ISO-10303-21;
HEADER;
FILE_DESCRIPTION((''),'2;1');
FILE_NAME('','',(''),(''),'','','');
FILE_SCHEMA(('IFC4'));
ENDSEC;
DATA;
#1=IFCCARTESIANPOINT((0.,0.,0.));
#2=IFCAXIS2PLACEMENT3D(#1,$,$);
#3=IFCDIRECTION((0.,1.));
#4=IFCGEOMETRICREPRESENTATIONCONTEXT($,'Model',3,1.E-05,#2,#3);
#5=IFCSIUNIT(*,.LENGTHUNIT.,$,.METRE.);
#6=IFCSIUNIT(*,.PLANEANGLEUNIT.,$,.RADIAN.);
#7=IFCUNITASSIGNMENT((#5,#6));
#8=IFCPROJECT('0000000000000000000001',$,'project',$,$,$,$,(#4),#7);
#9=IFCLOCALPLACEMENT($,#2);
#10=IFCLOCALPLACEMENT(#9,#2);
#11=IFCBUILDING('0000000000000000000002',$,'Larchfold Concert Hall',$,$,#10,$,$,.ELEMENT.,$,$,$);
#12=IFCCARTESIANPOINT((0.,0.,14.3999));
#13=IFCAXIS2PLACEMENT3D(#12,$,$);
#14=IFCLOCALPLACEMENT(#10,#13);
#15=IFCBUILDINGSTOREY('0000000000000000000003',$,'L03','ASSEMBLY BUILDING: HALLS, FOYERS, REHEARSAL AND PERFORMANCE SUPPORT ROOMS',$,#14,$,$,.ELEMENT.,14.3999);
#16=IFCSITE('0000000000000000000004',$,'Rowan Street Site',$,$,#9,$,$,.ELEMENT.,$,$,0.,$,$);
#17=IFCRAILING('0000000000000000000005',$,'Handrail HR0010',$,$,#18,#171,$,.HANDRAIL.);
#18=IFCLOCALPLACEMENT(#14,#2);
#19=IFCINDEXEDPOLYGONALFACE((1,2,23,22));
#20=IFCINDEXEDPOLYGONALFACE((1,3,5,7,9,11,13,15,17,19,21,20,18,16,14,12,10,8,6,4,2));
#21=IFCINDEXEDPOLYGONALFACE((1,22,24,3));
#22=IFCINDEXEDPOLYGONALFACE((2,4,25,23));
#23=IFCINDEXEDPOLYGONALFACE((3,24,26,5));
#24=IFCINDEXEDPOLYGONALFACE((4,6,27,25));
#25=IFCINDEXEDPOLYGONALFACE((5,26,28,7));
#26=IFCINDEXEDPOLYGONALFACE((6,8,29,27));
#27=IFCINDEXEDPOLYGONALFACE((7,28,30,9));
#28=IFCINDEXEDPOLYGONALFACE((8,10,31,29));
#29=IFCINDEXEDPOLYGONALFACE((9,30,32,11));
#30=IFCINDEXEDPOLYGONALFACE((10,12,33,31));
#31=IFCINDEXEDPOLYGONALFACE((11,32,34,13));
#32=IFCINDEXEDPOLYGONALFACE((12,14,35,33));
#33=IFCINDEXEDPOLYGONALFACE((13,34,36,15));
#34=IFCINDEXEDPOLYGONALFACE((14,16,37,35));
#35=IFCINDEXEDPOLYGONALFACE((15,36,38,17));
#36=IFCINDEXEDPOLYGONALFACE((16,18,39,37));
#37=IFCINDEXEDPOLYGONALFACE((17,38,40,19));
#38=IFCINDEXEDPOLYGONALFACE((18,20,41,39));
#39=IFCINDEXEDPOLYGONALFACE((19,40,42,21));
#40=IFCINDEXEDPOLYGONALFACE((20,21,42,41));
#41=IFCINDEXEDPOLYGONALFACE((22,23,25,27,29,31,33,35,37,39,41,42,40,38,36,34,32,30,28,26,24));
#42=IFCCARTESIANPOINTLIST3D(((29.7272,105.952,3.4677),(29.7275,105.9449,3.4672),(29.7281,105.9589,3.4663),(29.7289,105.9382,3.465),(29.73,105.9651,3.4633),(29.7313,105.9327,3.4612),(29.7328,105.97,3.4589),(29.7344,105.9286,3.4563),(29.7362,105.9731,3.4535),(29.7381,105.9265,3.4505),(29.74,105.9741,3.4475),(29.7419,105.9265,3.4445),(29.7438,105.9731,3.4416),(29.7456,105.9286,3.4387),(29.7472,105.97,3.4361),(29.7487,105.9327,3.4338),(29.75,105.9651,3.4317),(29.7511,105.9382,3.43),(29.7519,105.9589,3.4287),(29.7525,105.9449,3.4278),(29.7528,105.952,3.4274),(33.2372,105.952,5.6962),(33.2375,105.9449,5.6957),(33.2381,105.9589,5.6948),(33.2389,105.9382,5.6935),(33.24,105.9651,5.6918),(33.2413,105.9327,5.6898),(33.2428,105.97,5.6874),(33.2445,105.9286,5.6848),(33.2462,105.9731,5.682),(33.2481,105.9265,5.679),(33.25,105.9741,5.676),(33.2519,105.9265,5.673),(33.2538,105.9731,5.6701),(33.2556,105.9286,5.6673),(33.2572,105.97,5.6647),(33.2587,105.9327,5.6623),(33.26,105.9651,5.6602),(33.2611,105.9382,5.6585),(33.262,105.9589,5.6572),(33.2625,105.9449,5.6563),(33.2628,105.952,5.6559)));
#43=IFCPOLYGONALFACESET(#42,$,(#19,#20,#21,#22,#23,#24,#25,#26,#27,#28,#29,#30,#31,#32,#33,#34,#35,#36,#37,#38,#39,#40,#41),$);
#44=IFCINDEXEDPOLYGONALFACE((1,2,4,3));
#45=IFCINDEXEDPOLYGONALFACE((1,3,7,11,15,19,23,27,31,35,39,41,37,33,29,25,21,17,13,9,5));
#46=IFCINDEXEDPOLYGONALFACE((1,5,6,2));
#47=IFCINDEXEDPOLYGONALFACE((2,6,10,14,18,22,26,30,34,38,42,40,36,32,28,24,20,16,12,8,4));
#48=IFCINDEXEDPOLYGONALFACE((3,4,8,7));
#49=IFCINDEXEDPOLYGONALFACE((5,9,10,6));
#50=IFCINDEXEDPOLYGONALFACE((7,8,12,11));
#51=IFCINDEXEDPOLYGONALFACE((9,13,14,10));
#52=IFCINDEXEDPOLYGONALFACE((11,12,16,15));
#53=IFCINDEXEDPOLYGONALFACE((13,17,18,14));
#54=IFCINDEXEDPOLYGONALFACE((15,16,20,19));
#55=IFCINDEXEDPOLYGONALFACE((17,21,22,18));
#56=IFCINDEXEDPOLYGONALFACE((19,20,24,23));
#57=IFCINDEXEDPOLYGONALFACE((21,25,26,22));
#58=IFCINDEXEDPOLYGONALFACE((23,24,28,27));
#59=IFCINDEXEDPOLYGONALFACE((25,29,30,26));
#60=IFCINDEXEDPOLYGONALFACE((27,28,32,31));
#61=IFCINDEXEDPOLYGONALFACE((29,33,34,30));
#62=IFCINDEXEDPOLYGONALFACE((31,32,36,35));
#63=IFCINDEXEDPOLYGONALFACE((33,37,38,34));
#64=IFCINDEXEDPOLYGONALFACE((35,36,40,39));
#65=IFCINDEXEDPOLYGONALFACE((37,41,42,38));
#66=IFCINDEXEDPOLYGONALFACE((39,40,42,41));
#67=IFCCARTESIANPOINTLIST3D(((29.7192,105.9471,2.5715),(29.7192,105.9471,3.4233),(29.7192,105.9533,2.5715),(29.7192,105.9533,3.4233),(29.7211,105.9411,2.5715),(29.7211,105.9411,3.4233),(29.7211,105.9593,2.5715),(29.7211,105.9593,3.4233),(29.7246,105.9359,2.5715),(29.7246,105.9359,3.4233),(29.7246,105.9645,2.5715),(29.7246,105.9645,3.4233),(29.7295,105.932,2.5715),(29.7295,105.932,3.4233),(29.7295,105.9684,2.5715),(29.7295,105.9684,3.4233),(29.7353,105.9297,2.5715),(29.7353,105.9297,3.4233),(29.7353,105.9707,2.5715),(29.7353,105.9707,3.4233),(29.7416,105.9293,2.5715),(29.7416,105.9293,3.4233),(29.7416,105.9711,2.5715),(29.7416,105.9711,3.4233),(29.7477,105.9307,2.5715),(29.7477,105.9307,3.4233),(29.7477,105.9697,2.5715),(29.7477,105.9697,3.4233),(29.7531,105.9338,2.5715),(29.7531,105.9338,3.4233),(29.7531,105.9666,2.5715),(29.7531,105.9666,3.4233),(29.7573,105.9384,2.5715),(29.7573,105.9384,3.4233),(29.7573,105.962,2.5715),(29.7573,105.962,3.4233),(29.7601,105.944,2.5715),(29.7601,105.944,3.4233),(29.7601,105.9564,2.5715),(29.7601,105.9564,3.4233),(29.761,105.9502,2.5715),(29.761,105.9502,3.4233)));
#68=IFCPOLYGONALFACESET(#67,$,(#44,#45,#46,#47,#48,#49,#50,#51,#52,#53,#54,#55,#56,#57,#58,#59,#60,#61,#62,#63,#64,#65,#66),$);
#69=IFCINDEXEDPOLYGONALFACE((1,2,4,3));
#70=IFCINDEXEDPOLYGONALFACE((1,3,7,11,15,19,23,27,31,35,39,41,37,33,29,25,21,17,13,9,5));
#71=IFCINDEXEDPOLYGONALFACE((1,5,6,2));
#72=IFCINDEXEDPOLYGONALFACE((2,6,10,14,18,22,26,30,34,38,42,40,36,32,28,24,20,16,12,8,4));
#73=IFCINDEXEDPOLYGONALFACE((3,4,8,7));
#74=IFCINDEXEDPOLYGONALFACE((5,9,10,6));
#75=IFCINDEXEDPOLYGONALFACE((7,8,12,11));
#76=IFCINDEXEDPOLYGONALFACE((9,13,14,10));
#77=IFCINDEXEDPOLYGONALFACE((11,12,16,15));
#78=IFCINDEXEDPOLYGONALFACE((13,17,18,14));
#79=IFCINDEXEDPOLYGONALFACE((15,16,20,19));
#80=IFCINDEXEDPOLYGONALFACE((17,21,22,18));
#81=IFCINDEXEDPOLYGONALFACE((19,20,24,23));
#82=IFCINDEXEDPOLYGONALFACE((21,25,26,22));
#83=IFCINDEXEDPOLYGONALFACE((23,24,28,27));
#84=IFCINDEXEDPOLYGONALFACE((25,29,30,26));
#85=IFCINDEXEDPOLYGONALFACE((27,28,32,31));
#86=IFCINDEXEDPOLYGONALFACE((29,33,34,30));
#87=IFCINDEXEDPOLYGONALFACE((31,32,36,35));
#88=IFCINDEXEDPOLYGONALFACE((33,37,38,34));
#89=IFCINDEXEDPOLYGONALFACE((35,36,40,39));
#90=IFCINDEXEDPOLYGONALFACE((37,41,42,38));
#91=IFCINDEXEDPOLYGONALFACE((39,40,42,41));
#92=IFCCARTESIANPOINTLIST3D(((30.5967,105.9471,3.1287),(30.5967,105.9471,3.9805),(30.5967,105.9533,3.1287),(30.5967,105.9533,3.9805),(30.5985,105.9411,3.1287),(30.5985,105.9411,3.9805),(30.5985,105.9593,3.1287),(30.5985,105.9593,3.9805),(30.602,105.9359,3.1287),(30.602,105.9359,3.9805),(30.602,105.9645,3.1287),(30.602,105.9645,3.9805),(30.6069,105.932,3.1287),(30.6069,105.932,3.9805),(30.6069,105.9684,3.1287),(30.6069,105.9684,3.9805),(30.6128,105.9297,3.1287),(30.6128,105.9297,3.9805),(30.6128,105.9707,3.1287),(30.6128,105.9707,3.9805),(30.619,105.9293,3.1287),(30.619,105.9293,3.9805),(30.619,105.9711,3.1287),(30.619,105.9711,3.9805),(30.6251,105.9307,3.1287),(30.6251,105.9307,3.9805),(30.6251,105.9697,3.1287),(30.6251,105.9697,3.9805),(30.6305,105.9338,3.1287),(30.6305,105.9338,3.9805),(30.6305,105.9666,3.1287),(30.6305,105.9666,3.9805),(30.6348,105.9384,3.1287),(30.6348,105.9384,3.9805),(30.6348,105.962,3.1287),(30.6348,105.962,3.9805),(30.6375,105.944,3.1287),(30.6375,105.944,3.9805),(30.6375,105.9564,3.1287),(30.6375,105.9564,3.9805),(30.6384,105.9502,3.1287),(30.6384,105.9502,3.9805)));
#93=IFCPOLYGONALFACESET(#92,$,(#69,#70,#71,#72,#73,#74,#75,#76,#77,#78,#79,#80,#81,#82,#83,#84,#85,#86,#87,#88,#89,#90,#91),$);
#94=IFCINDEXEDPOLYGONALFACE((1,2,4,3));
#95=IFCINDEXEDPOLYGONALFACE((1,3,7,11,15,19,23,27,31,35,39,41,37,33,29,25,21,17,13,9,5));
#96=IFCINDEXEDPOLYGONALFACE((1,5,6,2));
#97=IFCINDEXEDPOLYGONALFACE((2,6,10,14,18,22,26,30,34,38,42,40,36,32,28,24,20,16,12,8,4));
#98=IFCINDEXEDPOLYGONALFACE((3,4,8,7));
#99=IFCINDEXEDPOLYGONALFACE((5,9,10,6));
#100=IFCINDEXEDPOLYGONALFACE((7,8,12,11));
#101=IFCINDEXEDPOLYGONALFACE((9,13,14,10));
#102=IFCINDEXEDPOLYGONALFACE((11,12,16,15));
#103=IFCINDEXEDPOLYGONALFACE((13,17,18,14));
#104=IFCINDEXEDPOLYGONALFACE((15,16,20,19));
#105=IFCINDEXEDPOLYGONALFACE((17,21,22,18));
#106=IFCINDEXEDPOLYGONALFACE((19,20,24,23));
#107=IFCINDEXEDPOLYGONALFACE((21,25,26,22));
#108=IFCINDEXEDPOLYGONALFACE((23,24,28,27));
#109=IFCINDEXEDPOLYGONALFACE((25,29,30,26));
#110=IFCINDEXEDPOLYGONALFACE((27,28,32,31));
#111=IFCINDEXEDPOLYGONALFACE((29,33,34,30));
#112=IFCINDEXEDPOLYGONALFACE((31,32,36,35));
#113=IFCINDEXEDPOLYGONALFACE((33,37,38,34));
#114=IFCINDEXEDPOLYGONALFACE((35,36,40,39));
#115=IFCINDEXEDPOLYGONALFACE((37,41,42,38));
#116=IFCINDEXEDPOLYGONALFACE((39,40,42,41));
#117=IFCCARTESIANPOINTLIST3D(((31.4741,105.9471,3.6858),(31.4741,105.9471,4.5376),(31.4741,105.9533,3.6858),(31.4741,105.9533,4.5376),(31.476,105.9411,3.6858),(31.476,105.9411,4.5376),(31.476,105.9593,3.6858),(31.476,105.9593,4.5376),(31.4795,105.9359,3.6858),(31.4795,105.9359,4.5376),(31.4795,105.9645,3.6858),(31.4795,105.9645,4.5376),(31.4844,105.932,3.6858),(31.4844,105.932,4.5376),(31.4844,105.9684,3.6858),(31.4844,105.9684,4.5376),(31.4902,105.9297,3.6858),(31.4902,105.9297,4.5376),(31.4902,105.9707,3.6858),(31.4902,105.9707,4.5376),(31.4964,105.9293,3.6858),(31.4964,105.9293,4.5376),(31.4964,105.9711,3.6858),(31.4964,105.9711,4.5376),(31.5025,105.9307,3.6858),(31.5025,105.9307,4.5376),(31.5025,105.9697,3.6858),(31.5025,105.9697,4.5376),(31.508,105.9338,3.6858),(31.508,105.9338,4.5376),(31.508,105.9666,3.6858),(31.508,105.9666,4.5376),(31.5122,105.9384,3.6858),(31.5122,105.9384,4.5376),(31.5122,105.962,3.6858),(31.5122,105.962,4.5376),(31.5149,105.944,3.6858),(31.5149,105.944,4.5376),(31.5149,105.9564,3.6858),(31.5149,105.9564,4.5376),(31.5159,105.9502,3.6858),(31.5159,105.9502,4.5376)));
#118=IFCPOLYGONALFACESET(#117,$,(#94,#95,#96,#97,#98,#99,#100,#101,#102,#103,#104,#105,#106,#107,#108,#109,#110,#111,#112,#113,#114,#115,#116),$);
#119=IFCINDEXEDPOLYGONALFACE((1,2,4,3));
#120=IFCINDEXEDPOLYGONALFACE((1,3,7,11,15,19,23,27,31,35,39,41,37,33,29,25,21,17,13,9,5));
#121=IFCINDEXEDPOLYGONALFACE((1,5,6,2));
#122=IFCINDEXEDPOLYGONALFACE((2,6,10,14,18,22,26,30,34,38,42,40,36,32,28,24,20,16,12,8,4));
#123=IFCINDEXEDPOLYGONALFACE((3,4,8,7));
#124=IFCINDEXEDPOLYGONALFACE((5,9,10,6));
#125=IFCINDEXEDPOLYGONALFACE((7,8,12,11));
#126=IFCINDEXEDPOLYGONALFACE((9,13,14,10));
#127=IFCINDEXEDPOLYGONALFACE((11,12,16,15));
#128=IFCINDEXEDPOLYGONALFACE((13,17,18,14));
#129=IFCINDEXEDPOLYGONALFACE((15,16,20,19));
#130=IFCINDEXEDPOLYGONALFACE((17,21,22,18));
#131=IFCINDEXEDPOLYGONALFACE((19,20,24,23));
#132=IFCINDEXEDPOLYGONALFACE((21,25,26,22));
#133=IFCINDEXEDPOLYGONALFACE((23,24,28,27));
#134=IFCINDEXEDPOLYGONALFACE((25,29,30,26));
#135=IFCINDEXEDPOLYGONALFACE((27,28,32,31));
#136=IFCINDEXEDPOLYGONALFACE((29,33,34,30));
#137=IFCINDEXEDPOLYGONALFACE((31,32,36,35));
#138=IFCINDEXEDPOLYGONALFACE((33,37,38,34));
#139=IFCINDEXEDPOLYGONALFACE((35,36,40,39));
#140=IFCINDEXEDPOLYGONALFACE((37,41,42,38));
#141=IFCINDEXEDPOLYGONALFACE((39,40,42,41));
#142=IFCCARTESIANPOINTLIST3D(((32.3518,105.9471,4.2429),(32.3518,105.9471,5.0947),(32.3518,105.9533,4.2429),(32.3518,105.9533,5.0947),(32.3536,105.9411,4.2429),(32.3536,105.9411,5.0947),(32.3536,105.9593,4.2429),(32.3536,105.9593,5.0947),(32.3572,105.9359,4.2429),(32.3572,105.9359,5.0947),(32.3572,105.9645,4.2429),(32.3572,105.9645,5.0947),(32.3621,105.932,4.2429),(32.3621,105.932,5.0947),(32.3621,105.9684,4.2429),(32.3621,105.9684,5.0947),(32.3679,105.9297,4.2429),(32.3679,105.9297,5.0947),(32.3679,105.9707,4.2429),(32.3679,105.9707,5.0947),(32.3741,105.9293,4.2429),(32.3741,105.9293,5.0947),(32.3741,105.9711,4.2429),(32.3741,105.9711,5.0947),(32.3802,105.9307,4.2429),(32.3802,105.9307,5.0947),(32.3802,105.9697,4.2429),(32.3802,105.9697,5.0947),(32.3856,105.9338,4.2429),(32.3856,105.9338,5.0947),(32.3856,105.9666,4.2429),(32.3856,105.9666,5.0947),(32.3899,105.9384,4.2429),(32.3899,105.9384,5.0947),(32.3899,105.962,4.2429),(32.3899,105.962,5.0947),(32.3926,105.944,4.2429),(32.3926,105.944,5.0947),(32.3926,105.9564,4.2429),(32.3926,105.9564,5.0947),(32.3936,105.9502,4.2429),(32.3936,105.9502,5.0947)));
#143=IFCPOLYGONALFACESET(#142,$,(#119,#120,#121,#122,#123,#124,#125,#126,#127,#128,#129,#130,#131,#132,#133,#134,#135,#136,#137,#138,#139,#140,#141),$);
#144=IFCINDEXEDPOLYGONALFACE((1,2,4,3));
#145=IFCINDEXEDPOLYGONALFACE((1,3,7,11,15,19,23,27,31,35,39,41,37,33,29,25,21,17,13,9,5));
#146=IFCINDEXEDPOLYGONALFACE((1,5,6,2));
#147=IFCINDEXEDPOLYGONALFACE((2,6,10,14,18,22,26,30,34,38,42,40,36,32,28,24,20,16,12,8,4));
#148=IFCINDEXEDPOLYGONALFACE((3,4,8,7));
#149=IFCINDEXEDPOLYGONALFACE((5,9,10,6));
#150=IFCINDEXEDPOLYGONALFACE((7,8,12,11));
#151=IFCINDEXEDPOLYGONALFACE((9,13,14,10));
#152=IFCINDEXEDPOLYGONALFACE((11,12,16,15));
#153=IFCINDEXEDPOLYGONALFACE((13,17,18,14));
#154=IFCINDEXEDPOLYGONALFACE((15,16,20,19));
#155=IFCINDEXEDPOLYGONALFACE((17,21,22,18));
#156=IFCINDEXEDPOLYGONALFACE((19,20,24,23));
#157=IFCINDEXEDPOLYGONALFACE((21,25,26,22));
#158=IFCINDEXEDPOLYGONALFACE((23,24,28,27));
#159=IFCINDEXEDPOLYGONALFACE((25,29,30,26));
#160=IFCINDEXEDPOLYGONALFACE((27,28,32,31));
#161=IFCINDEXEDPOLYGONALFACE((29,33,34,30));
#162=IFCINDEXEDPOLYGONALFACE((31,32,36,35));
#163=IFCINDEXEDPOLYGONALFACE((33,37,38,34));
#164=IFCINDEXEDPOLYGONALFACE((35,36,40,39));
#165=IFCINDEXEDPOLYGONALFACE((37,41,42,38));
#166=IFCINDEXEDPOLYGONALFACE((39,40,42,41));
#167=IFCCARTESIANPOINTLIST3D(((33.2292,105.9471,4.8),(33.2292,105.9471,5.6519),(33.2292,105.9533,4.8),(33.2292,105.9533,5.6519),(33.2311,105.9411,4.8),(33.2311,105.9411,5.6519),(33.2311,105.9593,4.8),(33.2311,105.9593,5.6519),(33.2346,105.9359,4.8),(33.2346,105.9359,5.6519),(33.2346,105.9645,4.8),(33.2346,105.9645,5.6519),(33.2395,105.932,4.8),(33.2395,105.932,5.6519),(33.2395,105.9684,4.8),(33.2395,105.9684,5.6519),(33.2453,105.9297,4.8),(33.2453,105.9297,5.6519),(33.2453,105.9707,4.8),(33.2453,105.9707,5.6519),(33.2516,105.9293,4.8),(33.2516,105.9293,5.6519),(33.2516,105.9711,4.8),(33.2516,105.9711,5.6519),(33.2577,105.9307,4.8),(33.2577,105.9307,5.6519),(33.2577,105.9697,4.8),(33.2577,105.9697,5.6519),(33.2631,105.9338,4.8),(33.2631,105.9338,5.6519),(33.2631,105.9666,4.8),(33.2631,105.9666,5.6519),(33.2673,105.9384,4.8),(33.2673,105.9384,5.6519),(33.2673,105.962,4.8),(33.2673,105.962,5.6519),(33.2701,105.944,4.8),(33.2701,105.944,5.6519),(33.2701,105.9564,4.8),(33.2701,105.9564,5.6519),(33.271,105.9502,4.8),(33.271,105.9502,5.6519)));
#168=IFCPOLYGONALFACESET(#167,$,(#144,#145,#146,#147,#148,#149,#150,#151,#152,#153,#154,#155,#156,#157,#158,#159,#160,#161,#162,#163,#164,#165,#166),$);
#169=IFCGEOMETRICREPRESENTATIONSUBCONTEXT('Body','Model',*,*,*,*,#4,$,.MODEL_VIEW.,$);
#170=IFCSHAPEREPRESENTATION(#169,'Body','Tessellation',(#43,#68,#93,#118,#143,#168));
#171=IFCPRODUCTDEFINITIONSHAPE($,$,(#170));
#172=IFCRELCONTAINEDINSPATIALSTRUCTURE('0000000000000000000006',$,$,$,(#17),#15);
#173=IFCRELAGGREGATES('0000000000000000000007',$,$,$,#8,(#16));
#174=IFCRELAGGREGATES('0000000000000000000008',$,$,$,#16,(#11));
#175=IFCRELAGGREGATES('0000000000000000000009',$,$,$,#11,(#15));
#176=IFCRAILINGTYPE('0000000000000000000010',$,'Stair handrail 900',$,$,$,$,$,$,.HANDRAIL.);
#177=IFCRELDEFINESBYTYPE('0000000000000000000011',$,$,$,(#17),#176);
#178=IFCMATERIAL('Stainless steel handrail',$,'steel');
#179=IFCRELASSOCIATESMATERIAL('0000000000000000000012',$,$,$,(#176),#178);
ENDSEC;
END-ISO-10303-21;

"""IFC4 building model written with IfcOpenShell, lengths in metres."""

from ifc_helpers import new_model, si_unit, direction, frame, origin, origin_2d, place, context, subcontext, project, spatial, circle, extrude, material, type_object, element, save


model = new_model("IFC4")

# Units and contexts
model_context = context("Model", 3, precision=1e-05, world=origin(), true_north=direction((0.0, 1.0)))
body_context = subcontext(model_context, "Body", "Model", "MODEL_VIEW")
ifc_project = project(units=[si_unit("LENGTHUNIT", "METRE"), si_unit("PLANEANGLEUNIT", "RADIAN")], contexts=[model_context])

# Site, building, storey
site_placement = place(None, origin())
site = spatial("IfcSite", under=ifc_project, at=site_placement, Name="Rowan Street Site", CompositionType="ELEMENT", RefElevation=0.0)
building_placement = place(site_placement, origin())
building = spatial("IfcBuilding", under=site, at=building_placement, Name="Larchfold Concert Hall", CompositionType="ELEMENT")
storey_placement = place(building_placement, frame((0.0, 0.0, 14.3999)))
storey = spatial("IfcBuildingStorey", under=building, at=storey_placement, Name="L03", Description="ASSEMBLY BUILDING: HALLS, FOYERS, REHEARSAL AND PERFORMANCE SUPPORT ROOMS", CompositionType="ELEMENT", Elevation=14.3999)

# Railing
ifc_material_1 = material(Name="Stainless steel handrail", Category="steel")
railing_type_1 = type_object("IfcRailingType", Name="Stair handrail 900", PredefinedType="HANDRAIL", material=ifc_material_1)
for number, where, name in (
    (1, (29.74, 105.9502, 2.5715), "Handrail HR0010"),
):
    element("IfcRailing", number, at=place(storey_placement, frame(where)), inside=storey, type_object=railing_type_1, Name=name, PredefinedType="HANDRAIL", context=body_context, shape_type="SweptSolid", body=[
        extrude(circle(Radius=0.0239, at=origin_2d()), frame((0.0, 0.0, 0.876), z_axis=(0.84422, 0.0, 0.535998), x_axis=(0.0, 1.0, 0.0)), (0.0, 0.0, 1.0), 4.1577),
        extrude(circle(Radius=0.021, at=origin_2d()), origin(), (0.0, 0.0, 1.0), 0.8518),
        extrude(circle(Radius=0.021, at=origin_2d()), frame((0.8774, 0.0, 0.5571)), (0.0, 0.0, 1.0), 0.8518),
        extrude(circle(Radius=0.021, at=origin_2d()), frame((1.7549, 0.0, 1.1143)), (0.0, 0.0, 1.0), 0.8518),
        extrude(circle(Radius=0.021, at=origin_2d()), frame((2.6326, 0.0, 1.6714)), (0.0, 0.0, 1.0), 0.8518),
        extrude(circle(Radius=0.021, at=origin_2d()), frame((3.51, 0.0, 2.2285)), (0.0, 0.0, 1.0), 0.8518),
    ])

save(model, "model.ifc")
